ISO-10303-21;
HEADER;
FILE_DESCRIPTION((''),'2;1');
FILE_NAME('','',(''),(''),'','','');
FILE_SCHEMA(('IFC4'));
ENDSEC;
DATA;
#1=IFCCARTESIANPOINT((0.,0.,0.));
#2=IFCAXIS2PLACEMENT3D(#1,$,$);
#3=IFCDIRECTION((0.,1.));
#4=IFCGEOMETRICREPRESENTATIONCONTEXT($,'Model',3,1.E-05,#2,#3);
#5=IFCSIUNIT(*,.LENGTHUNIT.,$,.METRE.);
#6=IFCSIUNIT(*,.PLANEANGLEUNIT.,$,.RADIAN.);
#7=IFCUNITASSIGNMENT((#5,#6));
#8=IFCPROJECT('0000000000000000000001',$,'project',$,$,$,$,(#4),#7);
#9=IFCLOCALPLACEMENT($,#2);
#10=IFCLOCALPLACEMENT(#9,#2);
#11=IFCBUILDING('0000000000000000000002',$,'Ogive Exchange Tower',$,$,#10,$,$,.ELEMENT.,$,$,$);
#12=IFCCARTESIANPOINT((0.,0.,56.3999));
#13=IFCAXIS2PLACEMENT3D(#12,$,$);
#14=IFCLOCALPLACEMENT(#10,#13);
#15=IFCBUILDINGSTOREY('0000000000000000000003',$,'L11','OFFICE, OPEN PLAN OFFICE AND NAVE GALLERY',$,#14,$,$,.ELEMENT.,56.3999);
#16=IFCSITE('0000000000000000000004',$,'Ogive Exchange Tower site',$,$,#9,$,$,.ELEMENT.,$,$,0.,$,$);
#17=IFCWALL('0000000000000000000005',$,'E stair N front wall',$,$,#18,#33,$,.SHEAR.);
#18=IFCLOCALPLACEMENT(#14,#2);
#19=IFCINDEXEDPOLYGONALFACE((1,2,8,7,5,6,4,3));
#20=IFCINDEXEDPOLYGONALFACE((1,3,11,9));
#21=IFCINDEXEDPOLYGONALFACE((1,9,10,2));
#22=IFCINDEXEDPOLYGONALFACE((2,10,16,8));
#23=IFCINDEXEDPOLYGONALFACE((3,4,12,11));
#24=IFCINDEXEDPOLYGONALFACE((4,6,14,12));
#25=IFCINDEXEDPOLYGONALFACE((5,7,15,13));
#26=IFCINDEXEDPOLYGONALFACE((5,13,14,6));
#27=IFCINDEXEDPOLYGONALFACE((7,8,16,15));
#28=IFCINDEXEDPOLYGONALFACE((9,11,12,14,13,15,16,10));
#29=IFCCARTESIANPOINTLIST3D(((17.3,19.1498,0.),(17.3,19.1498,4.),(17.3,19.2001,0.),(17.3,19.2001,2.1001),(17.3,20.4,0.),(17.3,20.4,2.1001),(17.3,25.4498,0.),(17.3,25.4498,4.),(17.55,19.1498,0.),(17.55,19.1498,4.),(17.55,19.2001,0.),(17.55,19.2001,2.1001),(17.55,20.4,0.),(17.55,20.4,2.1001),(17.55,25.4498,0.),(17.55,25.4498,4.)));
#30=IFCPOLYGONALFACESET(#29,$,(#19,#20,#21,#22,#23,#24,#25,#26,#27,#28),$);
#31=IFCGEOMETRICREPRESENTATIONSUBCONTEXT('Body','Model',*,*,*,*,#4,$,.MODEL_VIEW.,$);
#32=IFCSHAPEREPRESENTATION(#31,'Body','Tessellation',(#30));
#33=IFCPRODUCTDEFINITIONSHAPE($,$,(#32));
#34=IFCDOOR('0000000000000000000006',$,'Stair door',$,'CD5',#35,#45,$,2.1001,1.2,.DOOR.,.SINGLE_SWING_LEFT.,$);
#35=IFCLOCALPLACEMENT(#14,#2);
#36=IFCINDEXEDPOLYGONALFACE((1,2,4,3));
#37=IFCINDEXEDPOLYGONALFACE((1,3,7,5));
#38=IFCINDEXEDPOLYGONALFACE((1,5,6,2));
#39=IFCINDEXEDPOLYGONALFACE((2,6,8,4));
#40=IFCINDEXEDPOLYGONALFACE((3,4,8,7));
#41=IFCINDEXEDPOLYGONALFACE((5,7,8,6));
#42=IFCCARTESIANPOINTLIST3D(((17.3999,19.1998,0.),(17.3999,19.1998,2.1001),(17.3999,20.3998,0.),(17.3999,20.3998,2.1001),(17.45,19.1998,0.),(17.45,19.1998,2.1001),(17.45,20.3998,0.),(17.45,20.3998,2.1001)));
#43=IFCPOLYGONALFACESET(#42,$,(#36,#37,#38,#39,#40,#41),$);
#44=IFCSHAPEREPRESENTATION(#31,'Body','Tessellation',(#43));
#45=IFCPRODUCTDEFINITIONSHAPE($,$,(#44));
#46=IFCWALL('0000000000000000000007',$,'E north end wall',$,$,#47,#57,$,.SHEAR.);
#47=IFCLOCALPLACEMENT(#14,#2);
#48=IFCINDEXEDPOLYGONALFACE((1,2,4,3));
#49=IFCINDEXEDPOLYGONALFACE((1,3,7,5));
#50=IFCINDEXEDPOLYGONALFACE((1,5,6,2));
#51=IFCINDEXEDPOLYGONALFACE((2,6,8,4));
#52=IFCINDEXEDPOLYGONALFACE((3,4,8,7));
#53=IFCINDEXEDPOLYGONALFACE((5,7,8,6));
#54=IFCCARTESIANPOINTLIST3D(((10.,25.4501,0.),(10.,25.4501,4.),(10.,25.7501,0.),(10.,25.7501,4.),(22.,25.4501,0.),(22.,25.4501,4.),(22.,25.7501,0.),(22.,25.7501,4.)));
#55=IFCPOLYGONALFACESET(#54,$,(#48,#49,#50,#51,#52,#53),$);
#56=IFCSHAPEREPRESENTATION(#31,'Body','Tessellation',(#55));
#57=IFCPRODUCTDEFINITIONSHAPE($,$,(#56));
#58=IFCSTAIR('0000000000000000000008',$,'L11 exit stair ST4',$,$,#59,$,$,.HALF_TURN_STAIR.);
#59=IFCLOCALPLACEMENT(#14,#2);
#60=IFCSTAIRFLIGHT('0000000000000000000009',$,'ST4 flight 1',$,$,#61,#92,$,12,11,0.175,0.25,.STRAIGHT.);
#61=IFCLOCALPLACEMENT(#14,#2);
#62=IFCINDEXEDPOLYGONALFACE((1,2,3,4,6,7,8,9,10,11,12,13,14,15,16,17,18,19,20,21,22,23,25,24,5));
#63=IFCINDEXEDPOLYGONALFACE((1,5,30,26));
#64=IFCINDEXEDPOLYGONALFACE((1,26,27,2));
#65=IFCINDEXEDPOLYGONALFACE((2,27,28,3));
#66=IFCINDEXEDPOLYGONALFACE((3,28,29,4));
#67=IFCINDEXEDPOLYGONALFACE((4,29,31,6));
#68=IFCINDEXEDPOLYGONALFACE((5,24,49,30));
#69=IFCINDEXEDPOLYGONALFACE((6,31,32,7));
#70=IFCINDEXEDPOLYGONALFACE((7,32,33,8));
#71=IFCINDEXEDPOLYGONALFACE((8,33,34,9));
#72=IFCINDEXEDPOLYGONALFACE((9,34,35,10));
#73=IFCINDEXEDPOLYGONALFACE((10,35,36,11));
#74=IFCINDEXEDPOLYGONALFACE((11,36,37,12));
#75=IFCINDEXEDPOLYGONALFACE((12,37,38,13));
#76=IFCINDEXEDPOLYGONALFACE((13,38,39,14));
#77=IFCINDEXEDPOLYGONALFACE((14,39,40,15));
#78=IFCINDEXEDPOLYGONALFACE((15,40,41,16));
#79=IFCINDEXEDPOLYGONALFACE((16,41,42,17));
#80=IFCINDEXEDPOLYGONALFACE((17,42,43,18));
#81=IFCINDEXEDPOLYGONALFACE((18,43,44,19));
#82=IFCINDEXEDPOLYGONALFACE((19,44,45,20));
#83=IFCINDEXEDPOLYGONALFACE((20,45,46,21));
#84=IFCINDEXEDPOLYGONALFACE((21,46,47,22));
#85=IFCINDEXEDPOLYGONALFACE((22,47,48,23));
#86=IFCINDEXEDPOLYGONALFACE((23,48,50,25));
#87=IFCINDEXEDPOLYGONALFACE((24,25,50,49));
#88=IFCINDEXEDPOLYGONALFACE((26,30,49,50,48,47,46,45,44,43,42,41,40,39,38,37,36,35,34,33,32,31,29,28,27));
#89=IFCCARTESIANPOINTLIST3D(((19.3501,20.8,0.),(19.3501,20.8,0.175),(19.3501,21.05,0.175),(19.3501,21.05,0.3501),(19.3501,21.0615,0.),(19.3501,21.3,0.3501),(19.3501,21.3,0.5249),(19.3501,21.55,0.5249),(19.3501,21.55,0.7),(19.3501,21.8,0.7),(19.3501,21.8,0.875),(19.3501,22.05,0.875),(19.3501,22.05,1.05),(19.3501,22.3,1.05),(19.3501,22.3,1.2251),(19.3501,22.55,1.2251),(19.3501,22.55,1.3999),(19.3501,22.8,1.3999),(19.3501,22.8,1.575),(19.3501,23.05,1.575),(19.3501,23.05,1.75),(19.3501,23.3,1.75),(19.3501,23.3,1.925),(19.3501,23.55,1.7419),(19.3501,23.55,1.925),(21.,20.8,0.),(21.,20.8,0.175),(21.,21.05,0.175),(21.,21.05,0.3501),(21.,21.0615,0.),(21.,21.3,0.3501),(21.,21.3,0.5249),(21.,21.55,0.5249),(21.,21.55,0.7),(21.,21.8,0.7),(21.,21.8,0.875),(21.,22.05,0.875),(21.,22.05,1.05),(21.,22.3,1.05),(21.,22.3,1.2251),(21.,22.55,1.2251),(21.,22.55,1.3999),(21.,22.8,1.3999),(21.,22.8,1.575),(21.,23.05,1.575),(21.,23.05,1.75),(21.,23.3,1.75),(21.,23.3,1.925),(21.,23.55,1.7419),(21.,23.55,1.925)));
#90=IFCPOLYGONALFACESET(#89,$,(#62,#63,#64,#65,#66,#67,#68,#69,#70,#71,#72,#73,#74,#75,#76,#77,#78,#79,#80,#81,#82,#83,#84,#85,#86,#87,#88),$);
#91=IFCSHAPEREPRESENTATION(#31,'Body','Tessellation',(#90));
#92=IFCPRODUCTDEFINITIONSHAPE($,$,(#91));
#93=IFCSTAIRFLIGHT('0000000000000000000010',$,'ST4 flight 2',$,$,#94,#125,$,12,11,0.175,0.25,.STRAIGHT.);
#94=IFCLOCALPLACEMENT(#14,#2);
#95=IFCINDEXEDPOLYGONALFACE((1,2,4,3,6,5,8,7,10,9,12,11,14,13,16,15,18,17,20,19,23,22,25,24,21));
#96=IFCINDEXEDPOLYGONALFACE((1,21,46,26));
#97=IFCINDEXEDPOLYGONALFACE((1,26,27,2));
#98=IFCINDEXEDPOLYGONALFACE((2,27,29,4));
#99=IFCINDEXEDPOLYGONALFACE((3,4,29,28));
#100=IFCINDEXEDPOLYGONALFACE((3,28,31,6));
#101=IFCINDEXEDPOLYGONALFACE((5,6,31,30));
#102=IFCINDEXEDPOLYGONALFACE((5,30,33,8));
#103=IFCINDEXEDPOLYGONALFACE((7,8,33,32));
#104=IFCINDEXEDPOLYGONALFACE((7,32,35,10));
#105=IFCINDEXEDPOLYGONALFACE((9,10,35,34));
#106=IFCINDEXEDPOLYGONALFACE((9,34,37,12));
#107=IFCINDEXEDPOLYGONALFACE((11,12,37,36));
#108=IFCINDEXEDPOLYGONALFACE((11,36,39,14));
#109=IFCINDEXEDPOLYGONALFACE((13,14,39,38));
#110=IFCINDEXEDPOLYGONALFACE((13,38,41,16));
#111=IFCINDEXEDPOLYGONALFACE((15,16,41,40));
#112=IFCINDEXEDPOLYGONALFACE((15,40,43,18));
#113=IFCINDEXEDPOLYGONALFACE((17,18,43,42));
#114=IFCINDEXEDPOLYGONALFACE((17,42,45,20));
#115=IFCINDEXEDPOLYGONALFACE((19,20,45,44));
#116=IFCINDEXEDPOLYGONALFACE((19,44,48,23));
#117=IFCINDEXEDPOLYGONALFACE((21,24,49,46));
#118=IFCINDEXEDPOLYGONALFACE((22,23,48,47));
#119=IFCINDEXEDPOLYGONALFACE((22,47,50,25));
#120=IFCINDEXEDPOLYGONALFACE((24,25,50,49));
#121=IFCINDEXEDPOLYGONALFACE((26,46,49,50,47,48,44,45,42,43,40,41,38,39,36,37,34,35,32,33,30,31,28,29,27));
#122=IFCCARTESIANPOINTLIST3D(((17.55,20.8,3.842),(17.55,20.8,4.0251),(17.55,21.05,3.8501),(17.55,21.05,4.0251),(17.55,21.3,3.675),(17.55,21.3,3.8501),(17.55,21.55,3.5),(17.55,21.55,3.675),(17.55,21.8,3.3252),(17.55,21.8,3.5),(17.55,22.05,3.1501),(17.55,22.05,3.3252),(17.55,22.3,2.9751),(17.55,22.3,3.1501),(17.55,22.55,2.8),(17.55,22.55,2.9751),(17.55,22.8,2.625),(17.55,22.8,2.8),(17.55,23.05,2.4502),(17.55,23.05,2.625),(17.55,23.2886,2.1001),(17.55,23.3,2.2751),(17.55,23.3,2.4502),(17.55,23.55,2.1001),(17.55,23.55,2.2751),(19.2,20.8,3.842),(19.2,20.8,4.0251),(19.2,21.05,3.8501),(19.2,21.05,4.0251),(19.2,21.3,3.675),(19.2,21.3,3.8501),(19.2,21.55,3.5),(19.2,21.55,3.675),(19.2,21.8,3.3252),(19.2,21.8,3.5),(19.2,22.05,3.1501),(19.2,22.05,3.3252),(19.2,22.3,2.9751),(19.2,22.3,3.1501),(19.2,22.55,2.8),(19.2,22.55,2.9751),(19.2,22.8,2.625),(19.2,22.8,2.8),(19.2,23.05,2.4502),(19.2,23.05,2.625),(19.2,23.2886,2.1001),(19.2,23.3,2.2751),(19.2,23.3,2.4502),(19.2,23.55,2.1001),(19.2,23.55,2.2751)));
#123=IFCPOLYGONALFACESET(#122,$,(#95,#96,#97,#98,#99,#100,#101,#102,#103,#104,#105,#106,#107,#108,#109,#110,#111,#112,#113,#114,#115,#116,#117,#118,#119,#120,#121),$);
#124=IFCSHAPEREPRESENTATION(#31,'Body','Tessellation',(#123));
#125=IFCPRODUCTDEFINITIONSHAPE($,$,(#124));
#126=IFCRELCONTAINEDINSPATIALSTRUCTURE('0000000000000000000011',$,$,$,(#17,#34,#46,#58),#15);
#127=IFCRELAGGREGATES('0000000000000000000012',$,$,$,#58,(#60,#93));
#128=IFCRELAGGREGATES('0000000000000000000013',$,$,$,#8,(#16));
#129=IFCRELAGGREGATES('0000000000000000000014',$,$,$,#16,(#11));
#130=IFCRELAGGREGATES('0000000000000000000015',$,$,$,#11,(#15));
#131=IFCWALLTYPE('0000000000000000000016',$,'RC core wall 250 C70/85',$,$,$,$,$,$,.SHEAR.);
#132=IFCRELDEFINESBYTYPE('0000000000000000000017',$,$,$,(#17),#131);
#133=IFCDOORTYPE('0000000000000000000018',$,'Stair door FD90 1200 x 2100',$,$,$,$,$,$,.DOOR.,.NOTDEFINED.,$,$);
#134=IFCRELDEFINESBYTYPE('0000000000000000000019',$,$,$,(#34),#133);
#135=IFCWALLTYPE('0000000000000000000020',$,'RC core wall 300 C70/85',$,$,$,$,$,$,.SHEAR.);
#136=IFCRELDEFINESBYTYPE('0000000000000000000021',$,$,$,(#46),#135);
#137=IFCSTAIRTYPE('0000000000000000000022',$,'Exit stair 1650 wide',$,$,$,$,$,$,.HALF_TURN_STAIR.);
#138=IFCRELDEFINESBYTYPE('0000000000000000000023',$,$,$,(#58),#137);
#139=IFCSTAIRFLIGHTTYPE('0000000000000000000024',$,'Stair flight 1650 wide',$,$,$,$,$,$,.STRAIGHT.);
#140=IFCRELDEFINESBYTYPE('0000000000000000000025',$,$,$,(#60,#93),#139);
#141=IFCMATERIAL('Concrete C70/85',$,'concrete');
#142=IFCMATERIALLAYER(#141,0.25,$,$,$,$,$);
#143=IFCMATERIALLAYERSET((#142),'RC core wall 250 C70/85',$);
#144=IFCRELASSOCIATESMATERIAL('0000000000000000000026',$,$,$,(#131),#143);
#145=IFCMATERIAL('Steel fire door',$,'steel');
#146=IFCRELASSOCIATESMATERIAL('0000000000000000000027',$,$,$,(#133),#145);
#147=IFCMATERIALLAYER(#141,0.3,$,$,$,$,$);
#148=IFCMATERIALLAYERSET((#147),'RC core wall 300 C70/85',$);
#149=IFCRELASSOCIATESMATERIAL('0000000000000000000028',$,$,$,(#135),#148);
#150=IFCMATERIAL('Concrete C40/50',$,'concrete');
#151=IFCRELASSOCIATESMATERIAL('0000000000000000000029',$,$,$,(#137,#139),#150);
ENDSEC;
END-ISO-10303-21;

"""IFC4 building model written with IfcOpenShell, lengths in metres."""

from ifc_helpers import new_model, si_unit, direction, frame, frame_2d, origin, place, context, subcontext, project, spatial, polyline, rectangle, outline, extrude, material, layer, layer_set, type_object, element, fill, aggregate, save


model = new_model("IFC4")

# Units and contexts
model_context = context("Model", 3, precision=1e-05, world=origin(), true_north=direction((0.0, 1.0)))
body_context = subcontext(model_context, "Body", "Model", "MODEL_VIEW")
ifc_project = project(units=[si_unit("LENGTHUNIT", "METRE"), si_unit("PLANEANGLEUNIT", "RADIAN")], contexts=[model_context])

# Site, building, storey
site_placement = place(None, origin())
site = spatial("IfcSite", under=ifc_project, at=site_placement, Name="Ogive Exchange Tower site", CompositionType="ELEMENT", RefElevation=0.0)
building_placement = place(site_placement, origin())
building = spatial("IfcBuilding", under=site, at=building_placement, Name="Ogive Exchange Tower", CompositionType="ELEMENT")
storey_placement = place(building_placement, frame((0.0, 0.0, 56.3999)))
storey = spatial("IfcBuildingStorey", under=building, at=storey_placement, Name="L11", Description="OFFICE, OPEN PLAN OFFICE AND NAVE GALLERY", CompositionType="ELEMENT", Elevation=56.3999)

# Wall, opening, door
ifc_material_1 = material(Name="Concrete C70/85", Category="concrete")
ifc_layer_1 = layer(ifc_material_1, 0.25)
ifc_layer_set_1 = layer_set([ifc_layer_1], Name="RC core wall 250 C70/85")
wall_type_1 = type_object("IfcWallType", Name="RC core wall 250 C70/85", PredefinedType="SHEAR", material=ifc_layer_set_1)
wall_1_placement = place(storey_placement, frame((17.425, 19.1499, 0.0), z_axis=(0.0, 0.0, 1.0), x_axis=(0.0, 1.0, 0.0)))
wall_1 = element("IfcWall", 1, at=wall_1_placement, inside=storey, type_object=wall_type_1, Name="E stair N front wall", PredefinedType="SHEAR", context=body_context, shape_type="SweptSolid", body=[
    extrude(rectangle(XDim=6.3, YDim=0.25, at=frame_2d((3.1499, 0.0))), origin(), (0.0, 0.0, 1.0), 4.0),
])
opening_placement = place(wall_1_placement, frame((0.05, 0.0, 0.0)))
opening = element("IfcOpeningElement", 2, at=opening_placement, cuts=wall_1, PredefinedType="OPENING", context=body_context, shape_type="SweptSolid", body=[
    extrude(rectangle(XDim=1.2, YDim=2.1001, at=frame_2d((0.6001, 1.05))), frame((0.0, 0.135, 0.0), z_axis=(0.0, -1.0, 0.0), x_axis=(1.0, 0.0, 0.0)), (0.0, 0.0, 1.0), 0.27),
])
ifc_material_2 = material(Name="Steel fire door", Category="steel")
door_type = type_object("IfcDoorType", Name="Stair door FD90 1200 x 2100", OperationType="NOTDEFINED", PredefinedType="DOOR", material=ifc_material_2)
door_placement = place(opening_placement, frame((1.2, 0.0, 0.0), z_axis=(0.0, 0.0, 1.0), x_axis=(-1.0, 0.0, 0.0)))
door = element("IfcDoor", 3, at=door_placement, inside=storey, type_object=door_type, Name="Stair door", ObjectType="CD5", OperationType="SINGLE_SWING_LEFT", OverallHeight=2.1001, OverallWidth=1.2, PredefinedType="DOOR", context=body_context, shape_type="SweptSolid", body=[
    extrude(rectangle(XDim=1.2, YDim=2.1001, at=frame_2d((0.6001, 1.05))), frame((0.0, 0.0249, 0.0), z_axis=(0.0, -1.0, 0.0), x_axis=(1.0, 0.0, 0.0)), (0.0, 0.0, 1.0), 0.05),
])
fill(opening, door)

# Wall
ifc_layer_2 = layer(ifc_material_1, 0.3)
ifc_layer_set_2 = layer_set([ifc_layer_2], Name="RC core wall 300 C70/85")
wall_type_2 = type_object("IfcWallType", Name="RC core wall 300 C70/85", PredefinedType="SHEAR", material=ifc_layer_set_2)
wall_2_placement = place(storey_placement, frame((10.0, 25.6001, 0.0), z_axis=(0.0, 0.0, 1.0), x_axis=(1.0, 0.0, 0.0)))
element("IfcWall", 4, at=wall_2_placement, inside=storey, type_object=wall_type_2, Name="E north end wall", PredefinedType="SHEAR", context=body_context, shape_type="SweptSolid", body=[
    extrude(rectangle(XDim=12.0, YDim=0.3, at=frame_2d((6.0, 0.0))), origin(), (0.0, 0.0, 1.0), 4.0),
])

# Stair, stair flights
ifc_material_3 = material(Name="Concrete C40/50", Category="concrete")
stair_type = type_object("IfcStairType", Name="Exit stair 1650 wide", PredefinedType="HALF_TURN_STAIR", material=ifc_material_3)
stair_placement = place(storey_placement, origin())
stair = element("IfcStair", 5, at=stair_placement, inside=storey, type_object=stair_type, Name="L11 exit stair ST4", PredefinedType="HALF_TURN_STAIR")
stair_flight_type = type_object("IfcStairFlightType", Name="Stair flight 1650 wide", PredefinedType="STRAIGHT", material=ifc_material_3)
stair_flight_1_placement = place(storey_placement, frame((20.175, 20.8, 0.0), z_axis=(0.0, 0.0, 1.0), x_axis=(0.0, 1.0, 0.0)))
stair_flight_1 = element("IfcStairFlight", 6, at=stair_flight_1_placement, type_object=stair_flight_type, Name="ST4 flight 1", NumberOfRisers=12, NumberOfTreads=11, PredefinedType="STRAIGHT", RiserHeight=0.175, TreadLength=0.25, context=body_context, shape_type="SweptSolid", body=[
    extrude(outline(polyline([(0.0, 0.0), (0.0, 0.175), (0.25, 0.175), (0.25, 0.3501), (0.5, 0.3501), (0.5, 0.5249), (0.75, 0.5249), (0.75, 0.7), (1.0, 0.7), (1.0, 0.875), (1.25, 0.875), (1.25, 1.05), (1.5, 1.05), (1.5, 1.2251), (1.75, 1.2251), (1.75, 1.3999), (2.0, 1.3999), (2.0, 1.575), (2.25, 1.575), (2.25, 1.75), (2.5, 1.75), (2.5, 1.925), (2.75, 1.925), (2.75, 2.1001), (2.75, 1.7419), (0.2615, 0.0), (0.0, 0.0)])), frame((0.0, 0.825, 0.0), z_axis=(0.0, -1.0, 0.0), x_axis=(1.0, 0.0, 0.0)), (0.0, 0.0, 1.0), 1.6499),
])
stair_flight_2_placement = place(storey_placement, frame((18.375, 23.55, 2.1001), z_axis=(0.0, 0.0, 1.0), x_axis=(0.0, -1.0, 0.0)))
stair_flight_2 = element("IfcStairFlight", 7, at=stair_flight_2_placement, type_object=stair_flight_type, Name="ST4 flight 2", NumberOfRisers=12, NumberOfTreads=11, PredefinedType="STRAIGHT", RiserHeight=0.175, TreadLength=0.25, context=body_context, shape_type="SweptSolid", body=[
    extrude(outline(polyline([(0.0, 0.0), (0.0, 0.175), (0.25, 0.175), (0.25, 0.3501), (0.5, 0.3501), (0.5, 0.5249), (0.75, 0.5249), (0.75, 0.7), (1.0, 0.7), (1.0, 0.875), (1.25, 0.875), (1.25, 1.05), (1.5, 1.05), (1.5, 1.2251), (1.75, 1.2251), (1.75, 1.3999), (2.0, 1.3999), (2.0, 1.575), (2.25, 1.575), (2.25, 1.75), (2.5, 1.75), (2.5, 1.925), (2.75, 1.925), (2.75, 2.1001), (2.75, 1.7419), (0.2615, 0.0), (0.0, 0.0)])), frame((0.0, 0.825, 0.0), z_axis=(0.0, -1.0, 0.0), x_axis=(1.0, 0.0, 0.0)), (0.0, 0.0, 1.0), 1.6499),
])
aggregate(stair, [stair_flight_1, stair_flight_2])

save(model, "model.ifc")
